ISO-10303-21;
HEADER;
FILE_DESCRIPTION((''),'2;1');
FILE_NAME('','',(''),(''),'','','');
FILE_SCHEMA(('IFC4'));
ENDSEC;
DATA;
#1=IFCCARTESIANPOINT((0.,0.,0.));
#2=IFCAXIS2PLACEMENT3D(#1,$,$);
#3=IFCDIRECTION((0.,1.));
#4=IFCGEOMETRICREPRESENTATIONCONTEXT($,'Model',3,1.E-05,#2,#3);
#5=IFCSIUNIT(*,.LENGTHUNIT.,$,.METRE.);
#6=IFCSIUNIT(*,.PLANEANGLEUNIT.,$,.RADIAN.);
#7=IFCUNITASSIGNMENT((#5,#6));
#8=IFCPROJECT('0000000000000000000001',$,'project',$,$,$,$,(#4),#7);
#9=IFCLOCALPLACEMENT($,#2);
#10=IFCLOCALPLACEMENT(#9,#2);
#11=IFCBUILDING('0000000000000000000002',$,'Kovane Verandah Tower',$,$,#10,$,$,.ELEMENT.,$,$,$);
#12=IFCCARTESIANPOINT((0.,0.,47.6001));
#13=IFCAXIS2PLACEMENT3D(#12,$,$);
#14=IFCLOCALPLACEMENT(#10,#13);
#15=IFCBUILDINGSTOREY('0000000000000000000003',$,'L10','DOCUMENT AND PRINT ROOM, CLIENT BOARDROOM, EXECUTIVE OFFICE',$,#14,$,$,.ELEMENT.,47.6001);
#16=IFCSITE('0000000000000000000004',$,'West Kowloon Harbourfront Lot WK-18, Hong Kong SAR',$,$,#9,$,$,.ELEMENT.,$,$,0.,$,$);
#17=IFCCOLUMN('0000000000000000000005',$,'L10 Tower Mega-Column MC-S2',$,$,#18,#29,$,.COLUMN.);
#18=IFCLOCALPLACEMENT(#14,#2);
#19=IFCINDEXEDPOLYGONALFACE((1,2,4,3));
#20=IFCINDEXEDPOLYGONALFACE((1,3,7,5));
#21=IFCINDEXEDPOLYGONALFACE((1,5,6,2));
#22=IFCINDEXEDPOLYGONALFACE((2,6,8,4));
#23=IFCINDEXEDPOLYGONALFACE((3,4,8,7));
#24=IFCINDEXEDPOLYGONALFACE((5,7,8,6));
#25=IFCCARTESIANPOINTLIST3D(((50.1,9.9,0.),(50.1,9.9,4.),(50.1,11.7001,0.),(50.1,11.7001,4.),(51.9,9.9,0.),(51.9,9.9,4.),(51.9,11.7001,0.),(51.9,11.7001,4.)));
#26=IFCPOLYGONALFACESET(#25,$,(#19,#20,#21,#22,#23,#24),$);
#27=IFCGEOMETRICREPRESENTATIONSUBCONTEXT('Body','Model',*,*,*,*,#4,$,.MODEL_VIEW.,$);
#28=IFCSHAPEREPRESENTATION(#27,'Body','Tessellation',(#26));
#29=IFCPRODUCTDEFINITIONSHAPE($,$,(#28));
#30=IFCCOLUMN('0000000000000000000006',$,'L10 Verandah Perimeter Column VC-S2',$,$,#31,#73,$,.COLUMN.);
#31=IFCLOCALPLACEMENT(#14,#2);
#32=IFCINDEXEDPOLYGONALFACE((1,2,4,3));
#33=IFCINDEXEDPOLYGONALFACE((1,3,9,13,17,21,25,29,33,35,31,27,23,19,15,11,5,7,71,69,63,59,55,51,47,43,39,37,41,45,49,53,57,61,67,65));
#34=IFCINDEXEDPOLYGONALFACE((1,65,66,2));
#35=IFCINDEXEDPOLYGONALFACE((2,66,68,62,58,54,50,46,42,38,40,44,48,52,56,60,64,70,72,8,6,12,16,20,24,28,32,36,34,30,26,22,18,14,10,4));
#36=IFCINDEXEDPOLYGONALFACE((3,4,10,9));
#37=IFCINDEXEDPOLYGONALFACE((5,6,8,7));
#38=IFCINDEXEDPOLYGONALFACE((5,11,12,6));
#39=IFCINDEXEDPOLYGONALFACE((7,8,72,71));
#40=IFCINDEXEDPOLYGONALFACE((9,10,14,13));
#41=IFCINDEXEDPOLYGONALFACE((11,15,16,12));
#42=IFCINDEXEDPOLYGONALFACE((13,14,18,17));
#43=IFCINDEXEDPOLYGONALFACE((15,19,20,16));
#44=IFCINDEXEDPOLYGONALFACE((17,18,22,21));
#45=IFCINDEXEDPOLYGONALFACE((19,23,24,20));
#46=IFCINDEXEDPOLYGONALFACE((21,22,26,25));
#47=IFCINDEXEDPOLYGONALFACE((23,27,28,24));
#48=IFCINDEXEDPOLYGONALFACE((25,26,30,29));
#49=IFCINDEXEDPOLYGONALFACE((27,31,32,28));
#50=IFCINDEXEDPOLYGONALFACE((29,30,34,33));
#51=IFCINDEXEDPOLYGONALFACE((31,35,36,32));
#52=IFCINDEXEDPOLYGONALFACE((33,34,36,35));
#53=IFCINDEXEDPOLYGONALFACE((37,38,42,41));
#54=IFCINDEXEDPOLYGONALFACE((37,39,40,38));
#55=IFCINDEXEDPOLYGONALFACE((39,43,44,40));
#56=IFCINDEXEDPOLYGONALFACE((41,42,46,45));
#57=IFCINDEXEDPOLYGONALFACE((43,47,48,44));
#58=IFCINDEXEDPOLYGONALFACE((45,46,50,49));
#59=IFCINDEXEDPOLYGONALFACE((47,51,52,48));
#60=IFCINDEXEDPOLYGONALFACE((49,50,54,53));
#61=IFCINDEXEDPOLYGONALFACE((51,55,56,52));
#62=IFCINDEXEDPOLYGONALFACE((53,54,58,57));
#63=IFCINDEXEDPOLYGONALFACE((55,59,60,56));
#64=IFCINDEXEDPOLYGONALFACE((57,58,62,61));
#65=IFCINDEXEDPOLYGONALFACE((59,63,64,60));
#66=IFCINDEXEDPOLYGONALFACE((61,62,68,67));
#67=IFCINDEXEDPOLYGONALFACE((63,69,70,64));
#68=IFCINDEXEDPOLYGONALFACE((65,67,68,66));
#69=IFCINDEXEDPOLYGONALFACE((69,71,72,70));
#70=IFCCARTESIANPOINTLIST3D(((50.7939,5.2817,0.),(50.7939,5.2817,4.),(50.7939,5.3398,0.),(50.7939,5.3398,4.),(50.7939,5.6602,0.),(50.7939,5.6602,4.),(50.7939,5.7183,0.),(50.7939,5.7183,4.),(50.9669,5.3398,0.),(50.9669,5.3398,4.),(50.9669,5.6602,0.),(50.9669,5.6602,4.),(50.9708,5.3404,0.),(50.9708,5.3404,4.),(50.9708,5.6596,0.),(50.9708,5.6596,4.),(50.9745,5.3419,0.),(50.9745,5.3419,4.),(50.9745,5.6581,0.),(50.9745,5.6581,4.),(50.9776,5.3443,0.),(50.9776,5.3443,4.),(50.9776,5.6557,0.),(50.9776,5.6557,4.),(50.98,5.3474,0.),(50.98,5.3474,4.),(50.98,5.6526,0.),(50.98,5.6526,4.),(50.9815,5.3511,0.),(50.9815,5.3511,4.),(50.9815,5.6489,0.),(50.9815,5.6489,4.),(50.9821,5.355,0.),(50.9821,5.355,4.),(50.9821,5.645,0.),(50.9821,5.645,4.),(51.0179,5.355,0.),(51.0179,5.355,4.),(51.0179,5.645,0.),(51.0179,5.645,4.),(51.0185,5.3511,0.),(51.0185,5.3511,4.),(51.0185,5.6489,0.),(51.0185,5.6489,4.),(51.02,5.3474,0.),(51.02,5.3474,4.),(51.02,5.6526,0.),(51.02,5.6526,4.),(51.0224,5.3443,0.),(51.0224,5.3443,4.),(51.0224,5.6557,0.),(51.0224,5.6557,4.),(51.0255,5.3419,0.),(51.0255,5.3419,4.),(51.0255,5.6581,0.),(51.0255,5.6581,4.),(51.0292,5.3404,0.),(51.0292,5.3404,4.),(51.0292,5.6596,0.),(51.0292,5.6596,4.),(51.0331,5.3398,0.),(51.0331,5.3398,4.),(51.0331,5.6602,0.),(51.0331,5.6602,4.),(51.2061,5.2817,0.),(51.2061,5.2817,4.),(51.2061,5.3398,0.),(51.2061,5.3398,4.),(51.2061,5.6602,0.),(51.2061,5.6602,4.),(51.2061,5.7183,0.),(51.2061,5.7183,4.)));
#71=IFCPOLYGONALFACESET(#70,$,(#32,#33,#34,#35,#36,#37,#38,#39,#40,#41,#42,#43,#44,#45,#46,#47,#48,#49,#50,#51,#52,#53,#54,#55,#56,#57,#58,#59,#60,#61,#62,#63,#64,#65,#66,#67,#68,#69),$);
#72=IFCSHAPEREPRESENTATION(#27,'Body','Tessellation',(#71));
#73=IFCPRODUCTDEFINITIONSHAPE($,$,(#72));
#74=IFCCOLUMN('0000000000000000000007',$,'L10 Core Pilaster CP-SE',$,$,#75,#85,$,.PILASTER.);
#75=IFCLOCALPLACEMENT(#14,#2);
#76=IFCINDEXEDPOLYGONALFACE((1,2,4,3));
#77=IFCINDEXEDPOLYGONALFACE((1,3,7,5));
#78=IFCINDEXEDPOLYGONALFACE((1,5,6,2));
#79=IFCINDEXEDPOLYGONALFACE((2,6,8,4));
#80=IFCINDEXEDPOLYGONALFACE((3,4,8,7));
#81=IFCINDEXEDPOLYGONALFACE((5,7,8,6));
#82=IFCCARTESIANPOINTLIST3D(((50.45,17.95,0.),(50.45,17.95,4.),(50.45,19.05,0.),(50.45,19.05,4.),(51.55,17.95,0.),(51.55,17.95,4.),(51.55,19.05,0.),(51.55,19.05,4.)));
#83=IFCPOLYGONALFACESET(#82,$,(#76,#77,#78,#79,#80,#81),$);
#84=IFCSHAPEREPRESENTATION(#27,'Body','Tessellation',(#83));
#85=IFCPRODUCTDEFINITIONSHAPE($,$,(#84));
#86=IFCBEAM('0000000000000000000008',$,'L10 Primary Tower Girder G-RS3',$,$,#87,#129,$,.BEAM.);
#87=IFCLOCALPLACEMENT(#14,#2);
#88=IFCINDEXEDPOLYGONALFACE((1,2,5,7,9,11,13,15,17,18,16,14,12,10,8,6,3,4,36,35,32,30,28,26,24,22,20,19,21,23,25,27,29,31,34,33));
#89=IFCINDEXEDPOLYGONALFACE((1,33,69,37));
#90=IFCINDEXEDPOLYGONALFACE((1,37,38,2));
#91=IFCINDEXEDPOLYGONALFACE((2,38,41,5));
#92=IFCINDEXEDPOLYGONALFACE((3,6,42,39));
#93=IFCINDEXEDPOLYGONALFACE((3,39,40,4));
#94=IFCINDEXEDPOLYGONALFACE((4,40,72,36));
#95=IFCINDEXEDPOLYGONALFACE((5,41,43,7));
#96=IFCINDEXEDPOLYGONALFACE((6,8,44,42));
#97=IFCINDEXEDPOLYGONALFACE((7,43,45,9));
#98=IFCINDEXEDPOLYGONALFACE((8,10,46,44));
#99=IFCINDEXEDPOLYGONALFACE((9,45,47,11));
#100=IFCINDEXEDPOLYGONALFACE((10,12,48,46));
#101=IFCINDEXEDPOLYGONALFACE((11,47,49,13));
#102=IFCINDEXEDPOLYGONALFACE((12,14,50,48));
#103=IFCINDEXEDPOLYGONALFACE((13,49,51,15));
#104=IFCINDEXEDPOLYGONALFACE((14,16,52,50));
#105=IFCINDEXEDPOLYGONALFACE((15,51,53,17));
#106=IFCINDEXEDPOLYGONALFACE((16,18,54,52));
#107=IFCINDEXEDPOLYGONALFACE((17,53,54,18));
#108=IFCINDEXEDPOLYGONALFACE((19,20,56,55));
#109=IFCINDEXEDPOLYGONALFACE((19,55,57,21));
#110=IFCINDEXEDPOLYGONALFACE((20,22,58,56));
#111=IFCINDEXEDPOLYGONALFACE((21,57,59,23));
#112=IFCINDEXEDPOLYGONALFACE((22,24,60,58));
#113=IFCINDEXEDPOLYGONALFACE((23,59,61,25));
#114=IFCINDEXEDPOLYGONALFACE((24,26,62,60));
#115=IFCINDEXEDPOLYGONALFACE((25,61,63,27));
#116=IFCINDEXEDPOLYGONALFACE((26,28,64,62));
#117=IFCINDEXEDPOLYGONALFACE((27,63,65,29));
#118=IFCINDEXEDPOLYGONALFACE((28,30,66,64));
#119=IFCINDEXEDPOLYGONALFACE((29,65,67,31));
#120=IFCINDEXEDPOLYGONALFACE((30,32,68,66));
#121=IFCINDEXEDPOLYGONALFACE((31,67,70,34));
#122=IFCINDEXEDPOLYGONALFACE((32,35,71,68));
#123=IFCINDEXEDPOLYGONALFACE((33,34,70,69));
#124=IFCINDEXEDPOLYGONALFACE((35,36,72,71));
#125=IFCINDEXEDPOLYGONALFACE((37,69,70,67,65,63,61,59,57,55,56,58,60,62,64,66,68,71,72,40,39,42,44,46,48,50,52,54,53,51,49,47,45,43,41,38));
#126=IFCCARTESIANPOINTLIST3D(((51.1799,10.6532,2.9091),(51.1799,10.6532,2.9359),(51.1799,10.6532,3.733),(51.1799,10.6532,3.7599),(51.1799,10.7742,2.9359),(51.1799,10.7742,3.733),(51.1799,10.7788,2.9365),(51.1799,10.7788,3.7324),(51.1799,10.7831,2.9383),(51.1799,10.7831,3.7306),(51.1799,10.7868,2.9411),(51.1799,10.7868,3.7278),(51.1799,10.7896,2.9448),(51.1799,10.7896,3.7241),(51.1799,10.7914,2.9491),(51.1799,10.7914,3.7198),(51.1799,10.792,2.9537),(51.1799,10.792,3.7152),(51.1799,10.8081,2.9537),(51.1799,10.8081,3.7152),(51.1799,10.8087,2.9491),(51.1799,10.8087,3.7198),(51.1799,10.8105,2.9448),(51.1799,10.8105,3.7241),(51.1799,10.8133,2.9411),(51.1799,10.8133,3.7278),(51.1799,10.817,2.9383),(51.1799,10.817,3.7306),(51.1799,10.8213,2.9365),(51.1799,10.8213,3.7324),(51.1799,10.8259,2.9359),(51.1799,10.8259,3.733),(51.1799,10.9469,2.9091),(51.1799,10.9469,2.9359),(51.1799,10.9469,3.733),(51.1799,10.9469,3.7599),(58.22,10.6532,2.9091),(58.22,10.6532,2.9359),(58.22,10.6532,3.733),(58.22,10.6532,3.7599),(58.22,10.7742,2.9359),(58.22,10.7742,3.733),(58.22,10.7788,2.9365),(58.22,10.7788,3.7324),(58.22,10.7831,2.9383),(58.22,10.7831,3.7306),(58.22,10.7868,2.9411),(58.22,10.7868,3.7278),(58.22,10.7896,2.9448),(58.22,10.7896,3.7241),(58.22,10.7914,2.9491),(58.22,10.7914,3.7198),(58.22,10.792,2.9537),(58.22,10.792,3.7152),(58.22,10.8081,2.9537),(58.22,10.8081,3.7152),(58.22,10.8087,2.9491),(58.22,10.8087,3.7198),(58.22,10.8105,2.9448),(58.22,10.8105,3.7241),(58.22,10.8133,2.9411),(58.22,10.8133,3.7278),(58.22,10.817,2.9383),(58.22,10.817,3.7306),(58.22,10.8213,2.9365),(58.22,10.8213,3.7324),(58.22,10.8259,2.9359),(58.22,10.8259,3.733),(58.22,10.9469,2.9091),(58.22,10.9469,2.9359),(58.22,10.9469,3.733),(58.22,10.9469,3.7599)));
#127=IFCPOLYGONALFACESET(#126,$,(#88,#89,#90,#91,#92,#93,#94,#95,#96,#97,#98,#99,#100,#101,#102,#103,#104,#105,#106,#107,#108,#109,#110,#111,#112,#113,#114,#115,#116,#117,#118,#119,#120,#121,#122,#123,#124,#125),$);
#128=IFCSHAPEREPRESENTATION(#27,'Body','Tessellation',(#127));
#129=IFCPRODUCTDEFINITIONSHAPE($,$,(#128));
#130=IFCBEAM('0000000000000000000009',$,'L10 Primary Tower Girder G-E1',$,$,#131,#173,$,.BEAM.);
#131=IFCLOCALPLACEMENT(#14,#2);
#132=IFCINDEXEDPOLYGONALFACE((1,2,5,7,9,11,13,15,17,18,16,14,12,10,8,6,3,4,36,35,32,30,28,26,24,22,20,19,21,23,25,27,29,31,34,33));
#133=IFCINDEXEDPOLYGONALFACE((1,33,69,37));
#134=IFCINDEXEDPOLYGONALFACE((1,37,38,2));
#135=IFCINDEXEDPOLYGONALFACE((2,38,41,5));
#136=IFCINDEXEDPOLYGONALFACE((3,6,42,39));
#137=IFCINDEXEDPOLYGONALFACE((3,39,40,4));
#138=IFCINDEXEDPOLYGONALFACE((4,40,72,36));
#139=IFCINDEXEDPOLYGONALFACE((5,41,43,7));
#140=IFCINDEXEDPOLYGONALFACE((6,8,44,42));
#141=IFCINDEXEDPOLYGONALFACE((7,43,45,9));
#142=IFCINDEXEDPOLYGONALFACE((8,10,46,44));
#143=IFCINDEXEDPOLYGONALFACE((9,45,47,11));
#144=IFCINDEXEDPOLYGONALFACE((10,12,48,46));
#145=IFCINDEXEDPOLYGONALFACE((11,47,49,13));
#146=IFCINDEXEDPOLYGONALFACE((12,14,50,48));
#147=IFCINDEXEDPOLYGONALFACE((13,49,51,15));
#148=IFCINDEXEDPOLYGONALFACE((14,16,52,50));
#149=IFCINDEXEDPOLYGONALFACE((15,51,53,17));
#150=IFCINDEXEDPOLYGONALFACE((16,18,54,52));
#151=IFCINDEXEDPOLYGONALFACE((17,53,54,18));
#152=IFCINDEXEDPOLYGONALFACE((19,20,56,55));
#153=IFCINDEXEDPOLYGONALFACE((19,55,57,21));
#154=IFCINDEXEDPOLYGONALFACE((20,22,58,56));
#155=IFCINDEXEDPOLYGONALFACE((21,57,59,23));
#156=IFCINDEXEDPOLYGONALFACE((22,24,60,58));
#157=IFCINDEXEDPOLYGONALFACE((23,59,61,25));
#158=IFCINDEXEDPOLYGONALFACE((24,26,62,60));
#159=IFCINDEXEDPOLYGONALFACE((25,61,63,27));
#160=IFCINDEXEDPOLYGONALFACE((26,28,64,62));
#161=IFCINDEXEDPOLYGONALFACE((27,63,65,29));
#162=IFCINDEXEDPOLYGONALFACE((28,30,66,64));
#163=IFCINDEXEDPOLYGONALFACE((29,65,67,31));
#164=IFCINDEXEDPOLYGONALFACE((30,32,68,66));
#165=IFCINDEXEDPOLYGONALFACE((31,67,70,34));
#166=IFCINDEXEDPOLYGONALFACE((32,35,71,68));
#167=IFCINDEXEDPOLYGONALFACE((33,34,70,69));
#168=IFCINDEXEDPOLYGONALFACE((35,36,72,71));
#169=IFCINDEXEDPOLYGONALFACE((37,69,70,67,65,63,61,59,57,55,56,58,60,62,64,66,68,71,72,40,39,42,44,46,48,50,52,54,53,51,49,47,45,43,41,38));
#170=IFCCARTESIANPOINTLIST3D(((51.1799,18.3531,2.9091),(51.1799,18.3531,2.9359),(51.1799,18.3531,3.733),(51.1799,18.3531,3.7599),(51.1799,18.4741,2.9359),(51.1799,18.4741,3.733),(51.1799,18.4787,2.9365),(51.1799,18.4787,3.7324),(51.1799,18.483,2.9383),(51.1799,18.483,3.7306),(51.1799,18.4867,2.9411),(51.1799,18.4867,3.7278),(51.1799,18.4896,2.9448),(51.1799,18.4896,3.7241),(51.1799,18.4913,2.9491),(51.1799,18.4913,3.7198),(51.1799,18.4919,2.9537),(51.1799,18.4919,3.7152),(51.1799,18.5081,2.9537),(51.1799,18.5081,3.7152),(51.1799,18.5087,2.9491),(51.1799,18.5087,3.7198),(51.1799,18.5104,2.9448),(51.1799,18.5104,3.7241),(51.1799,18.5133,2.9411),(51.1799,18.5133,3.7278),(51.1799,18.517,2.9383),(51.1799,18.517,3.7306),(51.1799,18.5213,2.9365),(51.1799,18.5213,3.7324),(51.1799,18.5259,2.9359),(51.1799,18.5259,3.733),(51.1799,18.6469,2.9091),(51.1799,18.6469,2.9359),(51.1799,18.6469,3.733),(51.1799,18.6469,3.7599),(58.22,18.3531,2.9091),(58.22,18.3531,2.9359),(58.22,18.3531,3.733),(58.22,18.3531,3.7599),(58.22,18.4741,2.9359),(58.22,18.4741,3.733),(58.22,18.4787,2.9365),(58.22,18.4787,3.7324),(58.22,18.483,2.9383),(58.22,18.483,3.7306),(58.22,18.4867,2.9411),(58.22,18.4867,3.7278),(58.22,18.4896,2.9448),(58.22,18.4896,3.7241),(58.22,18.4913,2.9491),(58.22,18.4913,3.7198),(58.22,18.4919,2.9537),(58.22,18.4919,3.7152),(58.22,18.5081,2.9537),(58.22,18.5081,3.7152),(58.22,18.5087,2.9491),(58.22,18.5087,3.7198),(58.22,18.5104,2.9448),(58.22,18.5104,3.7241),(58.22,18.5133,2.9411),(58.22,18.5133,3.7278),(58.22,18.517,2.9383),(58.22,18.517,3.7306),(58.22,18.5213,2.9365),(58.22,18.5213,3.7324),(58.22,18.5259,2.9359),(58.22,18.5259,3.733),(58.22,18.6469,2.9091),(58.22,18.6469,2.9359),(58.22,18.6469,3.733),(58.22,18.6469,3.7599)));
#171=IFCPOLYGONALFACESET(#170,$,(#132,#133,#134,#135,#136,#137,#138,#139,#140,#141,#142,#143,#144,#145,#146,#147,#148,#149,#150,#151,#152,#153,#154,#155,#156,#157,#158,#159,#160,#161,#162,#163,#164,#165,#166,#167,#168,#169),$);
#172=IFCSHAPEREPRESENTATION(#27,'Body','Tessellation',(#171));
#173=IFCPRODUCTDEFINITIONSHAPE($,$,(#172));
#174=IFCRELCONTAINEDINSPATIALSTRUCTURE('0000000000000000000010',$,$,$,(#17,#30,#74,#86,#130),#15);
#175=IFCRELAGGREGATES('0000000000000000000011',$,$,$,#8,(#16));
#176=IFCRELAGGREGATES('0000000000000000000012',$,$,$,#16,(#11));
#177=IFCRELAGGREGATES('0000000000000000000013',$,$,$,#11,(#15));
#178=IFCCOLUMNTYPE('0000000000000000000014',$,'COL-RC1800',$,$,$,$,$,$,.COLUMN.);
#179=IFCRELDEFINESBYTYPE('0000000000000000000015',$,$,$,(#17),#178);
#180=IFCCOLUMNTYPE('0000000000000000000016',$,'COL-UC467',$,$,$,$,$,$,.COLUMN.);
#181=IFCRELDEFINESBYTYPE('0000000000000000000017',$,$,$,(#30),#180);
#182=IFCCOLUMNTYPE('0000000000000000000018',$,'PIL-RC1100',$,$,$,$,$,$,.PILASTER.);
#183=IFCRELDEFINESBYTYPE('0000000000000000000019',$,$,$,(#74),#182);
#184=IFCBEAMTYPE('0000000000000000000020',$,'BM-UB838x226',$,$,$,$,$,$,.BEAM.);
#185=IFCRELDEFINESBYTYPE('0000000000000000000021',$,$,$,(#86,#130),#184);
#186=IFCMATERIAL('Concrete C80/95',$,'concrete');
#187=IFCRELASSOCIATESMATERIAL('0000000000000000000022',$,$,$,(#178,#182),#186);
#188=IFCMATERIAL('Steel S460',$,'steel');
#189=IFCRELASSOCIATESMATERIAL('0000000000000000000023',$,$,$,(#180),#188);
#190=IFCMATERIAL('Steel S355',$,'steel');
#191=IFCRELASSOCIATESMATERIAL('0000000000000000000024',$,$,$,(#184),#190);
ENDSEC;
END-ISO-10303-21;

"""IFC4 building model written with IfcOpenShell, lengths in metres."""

from ifc_helpers import new_model, si_unit, direction, frame, origin, origin_2d, place, context, subcontext, project, spatial, rectangle, i_section, extrude, material, material_profile, profile_set, type_object, element, save


model = new_model("IFC4")

# Units and contexts
model_context = context("Model", 3, precision=1e-05, world=origin(), true_north=direction((0.0, 1.0)))
body_context = subcontext(model_context, "Body", "Model", "MODEL_VIEW")
ifc_project = project(units=[si_unit("LENGTHUNIT", "METRE"), si_unit("PLANEANGLEUNIT", "RADIAN")], contexts=[model_context])

# Site, building, storey
site_placement = place(None, origin())
site = spatial("IfcSite", under=ifc_project, at=site_placement, Name="West Kowloon Harbourfront Lot WK-18, Hong Kong SAR", CompositionType="ELEMENT", RefElevation=0.0)
building_placement = place(site_placement, origin())
building = spatial("IfcBuilding", under=site, at=building_placement, Name="Kovane Verandah Tower", CompositionType="ELEMENT")
storey_placement = place(building_placement, frame((0.0, 0.0, 47.6001)))
storey = spatial("IfcBuildingStorey", under=building, at=storey_placement, Name="L10", Description="DOCUMENT AND PRINT ROOM, CLIENT BOARDROOM, EXECUTIVE OFFICE", CompositionType="ELEMENT", Elevation=47.6001)

# Columns
ifc_material_1 = material(Name="Concrete C80/95", Category="concrete")
ifc_material_profile_1 = material_profile(ifc_material_1, rectangle(XDim=1.8, YDim=1.8, at=origin_2d()), Name="RC1800x1800")
ifc_profile_set_1 = profile_set([ifc_material_profile_1], Name="Concrete C80/95")
column_type_1 = type_object("IfcColumnType", Name="COL-RC1800", PredefinedType="COLUMN", material=ifc_profile_set_1)
column_1_placement = place(storey_placement, frame((51.0, 10.8, 0.0), z_axis=(0.0, 0.0, 1.0), x_axis=(1.0, 0.0, 0.0)))
element("IfcColumn", 1, at=column_1_placement, inside=storey, type_object=column_type_1, Name="L10 Tower Mega-Column MC-S2", PredefinedType="COLUMN", context=body_context, shape_type="SweptSolid", body=[
    extrude(rectangle(XDim=1.8, YDim=1.8, at=origin_2d()), origin(), (0.0, 0.0, 1.0), 4.0),
])
ifc_material_2 = material(Name="Steel S460", Category="steel")
ifc_material_profile_2 = material_profile(ifc_material_2, i_section(OverallWidth=0.4121, OverallDepth=0.4365, WebThickness=0.0359, FlangeThickness=0.0581, FilletRadius=0.0151, at=origin_2d()), Name="UC356x406x467")
ifc_profile_set_2 = profile_set([ifc_material_profile_2], Name="Steel S460")
column_type_2 = type_object("IfcColumnType", Name="COL-UC467", PredefinedType="COLUMN", material=ifc_profile_set_2)
column_2_placement = place(storey_placement, frame((51.0, 5.5, 0.0), z_axis=(0.0, 0.0, 1.0), x_axis=(1.0, 0.0, 0.0)))
element("IfcColumn", 2, at=column_2_placement, inside=storey, type_object=column_type_2, Name="L10 Verandah Perimeter Column VC-S2", PredefinedType="COLUMN", context=body_context, shape_type="SweptSolid", body=[
    extrude(i_section(OverallWidth=0.4121, OverallDepth=0.4365, WebThickness=0.0359, FlangeThickness=0.0581, FilletRadius=0.0151, at=origin_2d()), origin(), (0.0, 0.0, 1.0), 4.0),
])
ifc_material_profile_3 = material_profile(ifc_material_1, rectangle(XDim=1.1001, YDim=1.1001, at=origin_2d()), Name="RC1100x1100")
ifc_profile_set_3 = profile_set([ifc_material_profile_3], Name="Concrete C80/95")
column_type_3 = type_object("IfcColumnType", Name="PIL-RC1100", PredefinedType="PILASTER", material=ifc_profile_set_3)
column_3_placement = place(storey_placement, frame((51.0, 18.5, 0.0), z_axis=(0.0, 0.0, 1.0), x_axis=(1.0, 0.0, 0.0)))
element("IfcColumn", 3, at=column_3_placement, inside=storey, type_object=column_type_3, Name="L10 Core Pilaster CP-SE", PredefinedType="PILASTER", context=body_context, shape_type="SweptSolid", body=[
    extrude(rectangle(XDim=1.1001, YDim=1.1001, at=origin_2d()), origin(), (0.0, 0.0, 1.0), 4.0),
])

# Beams
ifc_material_3 = material(Name="Steel S355", Category="steel")
ifc_material_profile_4 = material_profile(ifc_material_3, i_section(OverallWidth=0.2937, OverallDepth=0.8508, WebThickness=0.0161, FlangeThickness=0.0269, FilletRadius=0.0178, at=origin_2d()), Name="UB838x292x226")
ifc_profile_set_4 = profile_set([ifc_material_profile_4], Name="Steel S355")
beam_type_1 = type_object("IfcBeamType", Name="BM-UB838x226", PredefinedType="BEAM", material=ifc_profile_set_4)
for number, where, z_axis, x_axis, name in (
    (4, (51.1799, 10.8, 3.3345), (1.0, 0.0, 0.0), (0.0, 1.0, 0.0), "L10 Primary Tower Girder G-RS3"),
    (5, (51.1799, 18.5, 3.3345), (1.0, 0.0, 0.0), (0.0, 1.0, 0.0), "L10 Primary Tower Girder G-E1"),
):
    element("IfcBeam", number, at=place(storey_placement, frame(where, z_axis=z_axis, x_axis=x_axis)), inside=storey, type_object=beam_type_1, Name=name, PredefinedType="BEAM", context=body_context, shape_type="SweptSolid", body=[
        extrude(i_section(OverallWidth=0.2937, OverallDepth=0.8508, WebThickness=0.0161, FlangeThickness=0.0269, FilletRadius=0.0178, at=origin_2d()), origin(), (0.0, 0.0, 1.0), 7.04),
    ])

save(model, "model.ifc")
